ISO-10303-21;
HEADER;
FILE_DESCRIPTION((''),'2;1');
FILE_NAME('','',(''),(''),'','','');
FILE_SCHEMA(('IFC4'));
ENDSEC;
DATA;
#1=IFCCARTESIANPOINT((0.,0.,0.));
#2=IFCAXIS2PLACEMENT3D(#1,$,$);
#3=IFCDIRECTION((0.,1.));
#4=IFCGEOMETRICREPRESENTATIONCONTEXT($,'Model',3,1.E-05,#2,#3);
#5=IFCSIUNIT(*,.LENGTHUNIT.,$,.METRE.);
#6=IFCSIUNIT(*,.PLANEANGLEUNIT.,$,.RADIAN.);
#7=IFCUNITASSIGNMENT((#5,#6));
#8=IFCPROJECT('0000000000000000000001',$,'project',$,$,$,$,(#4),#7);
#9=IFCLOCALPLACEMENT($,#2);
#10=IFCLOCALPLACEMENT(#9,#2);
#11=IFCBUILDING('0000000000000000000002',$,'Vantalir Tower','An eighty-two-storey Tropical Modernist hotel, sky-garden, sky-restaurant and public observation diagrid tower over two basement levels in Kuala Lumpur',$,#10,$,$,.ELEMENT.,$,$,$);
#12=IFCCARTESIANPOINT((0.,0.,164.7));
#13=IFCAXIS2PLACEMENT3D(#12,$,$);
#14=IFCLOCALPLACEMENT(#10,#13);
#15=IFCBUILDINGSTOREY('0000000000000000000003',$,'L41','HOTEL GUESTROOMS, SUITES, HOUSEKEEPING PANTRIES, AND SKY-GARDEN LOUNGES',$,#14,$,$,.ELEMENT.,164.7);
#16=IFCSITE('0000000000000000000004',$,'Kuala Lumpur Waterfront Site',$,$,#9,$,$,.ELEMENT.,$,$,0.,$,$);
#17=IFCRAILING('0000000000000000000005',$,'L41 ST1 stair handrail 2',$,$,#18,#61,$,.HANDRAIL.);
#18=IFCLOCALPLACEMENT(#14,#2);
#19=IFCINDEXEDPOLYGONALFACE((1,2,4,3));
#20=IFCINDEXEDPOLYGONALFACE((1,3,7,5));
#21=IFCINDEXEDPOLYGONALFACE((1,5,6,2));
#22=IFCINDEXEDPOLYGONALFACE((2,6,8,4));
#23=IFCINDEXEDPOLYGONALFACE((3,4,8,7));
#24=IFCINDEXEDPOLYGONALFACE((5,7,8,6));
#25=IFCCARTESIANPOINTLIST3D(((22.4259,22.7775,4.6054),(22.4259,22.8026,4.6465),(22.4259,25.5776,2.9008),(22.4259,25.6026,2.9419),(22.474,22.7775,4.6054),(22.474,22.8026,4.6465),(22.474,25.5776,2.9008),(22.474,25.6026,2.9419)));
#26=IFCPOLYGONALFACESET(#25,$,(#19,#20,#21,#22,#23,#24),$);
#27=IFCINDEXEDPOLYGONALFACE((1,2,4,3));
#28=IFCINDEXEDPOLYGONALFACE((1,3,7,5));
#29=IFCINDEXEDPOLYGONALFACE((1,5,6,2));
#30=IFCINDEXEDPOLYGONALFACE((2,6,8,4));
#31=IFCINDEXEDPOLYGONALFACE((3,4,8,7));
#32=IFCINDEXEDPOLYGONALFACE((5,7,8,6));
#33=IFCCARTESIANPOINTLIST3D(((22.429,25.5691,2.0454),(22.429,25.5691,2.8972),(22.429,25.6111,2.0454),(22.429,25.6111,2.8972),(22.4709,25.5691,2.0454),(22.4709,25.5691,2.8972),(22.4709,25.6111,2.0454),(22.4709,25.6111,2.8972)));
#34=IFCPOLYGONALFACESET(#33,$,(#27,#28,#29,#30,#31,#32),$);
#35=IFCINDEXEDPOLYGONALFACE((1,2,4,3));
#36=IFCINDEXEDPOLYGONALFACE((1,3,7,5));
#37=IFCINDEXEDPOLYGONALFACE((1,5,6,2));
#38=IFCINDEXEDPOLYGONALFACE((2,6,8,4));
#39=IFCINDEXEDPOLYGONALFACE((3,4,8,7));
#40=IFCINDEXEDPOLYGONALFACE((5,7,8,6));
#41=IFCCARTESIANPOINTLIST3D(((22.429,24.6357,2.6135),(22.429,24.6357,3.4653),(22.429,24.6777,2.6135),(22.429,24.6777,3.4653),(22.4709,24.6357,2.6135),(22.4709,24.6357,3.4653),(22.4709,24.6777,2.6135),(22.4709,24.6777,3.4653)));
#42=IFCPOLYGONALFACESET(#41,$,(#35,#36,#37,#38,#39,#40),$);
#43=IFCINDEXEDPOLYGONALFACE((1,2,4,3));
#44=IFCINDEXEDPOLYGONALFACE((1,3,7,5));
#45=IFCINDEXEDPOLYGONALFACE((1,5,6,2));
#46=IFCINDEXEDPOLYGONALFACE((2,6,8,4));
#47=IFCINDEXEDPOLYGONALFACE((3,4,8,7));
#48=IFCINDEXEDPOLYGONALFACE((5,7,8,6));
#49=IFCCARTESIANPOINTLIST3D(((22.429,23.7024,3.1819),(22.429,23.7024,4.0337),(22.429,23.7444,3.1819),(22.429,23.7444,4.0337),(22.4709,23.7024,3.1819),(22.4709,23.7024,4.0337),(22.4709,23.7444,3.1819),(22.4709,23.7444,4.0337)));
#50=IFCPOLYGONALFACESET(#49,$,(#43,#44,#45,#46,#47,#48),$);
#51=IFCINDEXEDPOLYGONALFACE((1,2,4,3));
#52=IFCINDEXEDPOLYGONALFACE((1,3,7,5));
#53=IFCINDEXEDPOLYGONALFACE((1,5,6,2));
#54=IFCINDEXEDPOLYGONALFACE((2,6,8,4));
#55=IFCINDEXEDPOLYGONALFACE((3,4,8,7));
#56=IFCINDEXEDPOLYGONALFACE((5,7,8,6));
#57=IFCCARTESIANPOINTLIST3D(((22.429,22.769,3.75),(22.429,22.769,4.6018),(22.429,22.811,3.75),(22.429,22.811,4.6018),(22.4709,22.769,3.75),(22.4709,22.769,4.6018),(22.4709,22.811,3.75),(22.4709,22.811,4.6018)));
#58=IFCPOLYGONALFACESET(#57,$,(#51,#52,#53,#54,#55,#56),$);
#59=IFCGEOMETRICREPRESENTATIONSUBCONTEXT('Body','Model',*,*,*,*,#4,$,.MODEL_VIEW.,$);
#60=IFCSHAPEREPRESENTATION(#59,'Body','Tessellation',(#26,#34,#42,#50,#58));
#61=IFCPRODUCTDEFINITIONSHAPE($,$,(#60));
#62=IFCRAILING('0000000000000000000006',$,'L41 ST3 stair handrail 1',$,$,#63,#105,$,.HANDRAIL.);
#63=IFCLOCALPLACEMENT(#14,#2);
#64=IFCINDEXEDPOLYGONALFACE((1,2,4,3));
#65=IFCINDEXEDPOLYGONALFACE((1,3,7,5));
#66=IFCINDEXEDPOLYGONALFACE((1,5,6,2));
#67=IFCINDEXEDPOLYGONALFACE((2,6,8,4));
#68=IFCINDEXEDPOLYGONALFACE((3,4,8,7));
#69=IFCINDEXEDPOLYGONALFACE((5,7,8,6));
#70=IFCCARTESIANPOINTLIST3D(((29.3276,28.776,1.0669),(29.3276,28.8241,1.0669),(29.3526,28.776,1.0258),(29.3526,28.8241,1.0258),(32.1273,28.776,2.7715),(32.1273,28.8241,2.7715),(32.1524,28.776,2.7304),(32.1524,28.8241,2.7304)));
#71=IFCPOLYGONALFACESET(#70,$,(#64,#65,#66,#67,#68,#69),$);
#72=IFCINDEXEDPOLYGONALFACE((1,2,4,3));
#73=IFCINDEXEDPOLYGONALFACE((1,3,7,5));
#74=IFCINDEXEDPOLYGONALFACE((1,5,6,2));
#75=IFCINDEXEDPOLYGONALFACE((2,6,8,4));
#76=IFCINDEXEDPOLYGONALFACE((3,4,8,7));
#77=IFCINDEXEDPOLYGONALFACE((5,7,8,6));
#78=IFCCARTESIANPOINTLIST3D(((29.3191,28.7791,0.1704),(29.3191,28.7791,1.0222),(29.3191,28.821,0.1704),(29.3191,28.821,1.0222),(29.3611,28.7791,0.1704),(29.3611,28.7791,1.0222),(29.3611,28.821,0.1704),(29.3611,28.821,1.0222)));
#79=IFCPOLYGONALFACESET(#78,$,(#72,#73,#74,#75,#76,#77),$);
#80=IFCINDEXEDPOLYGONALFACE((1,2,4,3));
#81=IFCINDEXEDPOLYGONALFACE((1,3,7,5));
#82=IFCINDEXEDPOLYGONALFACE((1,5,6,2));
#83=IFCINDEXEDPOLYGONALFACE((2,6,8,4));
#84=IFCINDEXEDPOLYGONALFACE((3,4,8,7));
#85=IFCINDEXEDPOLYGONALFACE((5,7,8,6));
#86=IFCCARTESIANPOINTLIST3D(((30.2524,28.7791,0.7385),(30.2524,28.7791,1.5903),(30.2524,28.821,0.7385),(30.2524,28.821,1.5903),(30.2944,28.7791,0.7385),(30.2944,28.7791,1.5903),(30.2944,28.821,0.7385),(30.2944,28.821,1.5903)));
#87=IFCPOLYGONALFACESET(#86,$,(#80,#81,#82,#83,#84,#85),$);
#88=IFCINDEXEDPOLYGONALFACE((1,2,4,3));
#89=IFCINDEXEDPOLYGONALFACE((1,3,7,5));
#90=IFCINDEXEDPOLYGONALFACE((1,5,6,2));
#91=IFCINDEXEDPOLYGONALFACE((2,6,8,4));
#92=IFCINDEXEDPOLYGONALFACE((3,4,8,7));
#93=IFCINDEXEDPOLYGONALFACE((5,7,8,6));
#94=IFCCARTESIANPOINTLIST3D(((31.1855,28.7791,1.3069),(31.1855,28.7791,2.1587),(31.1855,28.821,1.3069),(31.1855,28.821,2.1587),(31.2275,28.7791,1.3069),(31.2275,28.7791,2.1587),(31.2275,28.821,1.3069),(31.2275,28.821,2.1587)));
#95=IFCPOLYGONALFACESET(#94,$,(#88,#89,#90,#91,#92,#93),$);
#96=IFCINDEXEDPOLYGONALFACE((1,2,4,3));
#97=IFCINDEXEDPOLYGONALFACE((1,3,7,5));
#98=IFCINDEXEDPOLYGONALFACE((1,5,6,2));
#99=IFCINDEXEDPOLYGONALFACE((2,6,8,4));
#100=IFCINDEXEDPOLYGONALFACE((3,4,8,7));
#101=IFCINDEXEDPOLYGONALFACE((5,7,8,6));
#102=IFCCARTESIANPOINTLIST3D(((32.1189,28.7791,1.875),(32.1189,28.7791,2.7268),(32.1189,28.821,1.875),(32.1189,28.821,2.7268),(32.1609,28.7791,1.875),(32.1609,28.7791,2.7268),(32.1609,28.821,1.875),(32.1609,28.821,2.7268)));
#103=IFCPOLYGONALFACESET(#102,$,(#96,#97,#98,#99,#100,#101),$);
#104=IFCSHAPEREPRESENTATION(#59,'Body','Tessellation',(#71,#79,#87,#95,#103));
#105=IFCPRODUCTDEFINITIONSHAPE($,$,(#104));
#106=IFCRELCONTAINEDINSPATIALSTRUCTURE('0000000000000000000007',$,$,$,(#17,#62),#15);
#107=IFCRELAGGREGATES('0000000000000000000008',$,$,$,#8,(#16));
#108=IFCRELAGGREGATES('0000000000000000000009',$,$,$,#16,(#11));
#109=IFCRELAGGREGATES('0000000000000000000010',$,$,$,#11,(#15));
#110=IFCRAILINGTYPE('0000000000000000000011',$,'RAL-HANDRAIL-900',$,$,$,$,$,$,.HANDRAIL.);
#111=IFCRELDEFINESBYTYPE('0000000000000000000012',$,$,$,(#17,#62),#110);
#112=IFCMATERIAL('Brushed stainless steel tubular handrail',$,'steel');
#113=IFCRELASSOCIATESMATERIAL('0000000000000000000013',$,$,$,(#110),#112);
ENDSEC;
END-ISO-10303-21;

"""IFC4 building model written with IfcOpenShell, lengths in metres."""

from ifc_helpers import new_model, si_unit, direction, frame, origin, origin_2d, place, context, subcontext, project, spatial, rectangle, extrude, material, type_object, element, save


model = new_model("IFC4")

# Units and contexts
model_context = context("Model", 3, precision=1e-05, world=origin(), true_north=direction((0.0, 1.0)))
body_context = subcontext(model_context, "Body", "Model", "MODEL_VIEW")
ifc_project = project(units=[si_unit("LENGTHUNIT", "METRE"), si_unit("PLANEANGLEUNIT", "RADIAN")], contexts=[model_context])

# Site, building, storey
site_placement = place(None, origin())
site = spatial("IfcSite", under=ifc_project, at=site_placement, Name="Kuala Lumpur Waterfront Site", CompositionType="ELEMENT", RefElevation=0.0)
building_placement = place(site_placement, origin())
building = spatial("IfcBuilding", under=site, at=building_placement, Name="Vantalir Tower", Description="An eighty-two-storey Tropical Modernist hotel, sky-garden, sky-restaurant and public observation diagrid tower over two basement levels in Kuala Lumpur", CompositionType="ELEMENT")
storey_placement = place(building_placement, frame((0.0, 0.0, 164.7)))
storey = spatial("IfcBuildingStorey", under=building, at=storey_placement, Name="L41", Description="HOTEL GUESTROOMS, SUITES, HOUSEKEEPING PANTRIES, AND SKY-GARDEN LOUNGES", CompositionType="ELEMENT", Elevation=164.7)

# Railings
ifc_material_1 = material(Name="Brushed stainless steel tubular handrail", Category="steel")
railing_type_1 = type_object("IfcRailingType", Name="RAL-HANDRAIL-900", PredefinedType="HANDRAIL", material=ifc_material_1)
railing_1_placement = place(storey_placement, frame((22.45, 25.5901, 2.0454)))
element("IfcRailing", 1, at=railing_1_placement, inside=storey, type_object=railing_type_1, Name="L41 ST1 stair handrail 2", PredefinedType="HANDRAIL", context=body_context, shape_type="SweptSolid", body=[
    extrude(rectangle(XDim=0.0481, YDim=0.0481, at=origin_2d()), frame((0.0, 0.0, 0.876), z_axis=(0.0, -0.85417, 0.519994), x_axis=(1.0, 0.0, 0.0)), (0.0, 0.0, 1.0), 3.2781),
    extrude(rectangle(XDim=0.042, YDim=0.042, at=origin_2d()), origin(), (0.0, 0.0, 1.0), 0.8518),
    extrude(rectangle(XDim=0.042, YDim=0.042, at=origin_2d()), frame((0.0, -0.9333, 0.5681)), (0.0, 0.0, 1.0), 0.8518),
    extrude(rectangle(XDim=0.042, YDim=0.042, at=origin_2d()), frame((0.0, -1.8667, 1.1365)), (0.0, 0.0, 1.0), 0.8518),
    extrude(rectangle(XDim=0.042, YDim=0.042, at=origin_2d()), frame((0.0, -2.8, 1.7046)), (0.0, 0.0, 1.0), 0.8518),
])
railing_2_placement = place(storey_placement, frame((29.3401, 28.8, 0.1704)))
element("IfcRailing", 2, at=railing_2_placement, inside=storey, type_object=railing_type_1, Name="L41 ST3 stair handrail 1", PredefinedType="HANDRAIL", context=body_context, shape_type="SweptSolid", body=[
    extrude(rectangle(XDim=0.0481, YDim=0.0481, at=origin_2d()), frame((0.0, 0.0, 0.876), z_axis=(0.85415, 0.0, 0.520027), x_axis=(0.0, 1.0, 0.0)), (0.0, 0.0, 1.0), 3.2778),
    extrude(rectangle(XDim=0.042, YDim=0.042, at=origin_2d()), origin(), (0.0, 0.0, 1.0), 0.8518),
    extrude(rectangle(XDim=0.042, YDim=0.042, at=origin_2d()), frame((0.9333, 0.0, 0.5681)), (0.0, 0.0, 1.0), 0.8518),
    extrude(rectangle(XDim=0.042, YDim=0.042, at=origin_2d()), frame((1.8665, 0.0, 1.1365)), (0.0, 0.0, 1.0), 0.8518),
    extrude(rectangle(XDim=0.042, YDim=0.042, at=origin_2d()), frame((2.7998, 0.0, 1.7046)), (0.0, 0.0, 1.0), 0.8518),
])

save(model, "model.ifc")
